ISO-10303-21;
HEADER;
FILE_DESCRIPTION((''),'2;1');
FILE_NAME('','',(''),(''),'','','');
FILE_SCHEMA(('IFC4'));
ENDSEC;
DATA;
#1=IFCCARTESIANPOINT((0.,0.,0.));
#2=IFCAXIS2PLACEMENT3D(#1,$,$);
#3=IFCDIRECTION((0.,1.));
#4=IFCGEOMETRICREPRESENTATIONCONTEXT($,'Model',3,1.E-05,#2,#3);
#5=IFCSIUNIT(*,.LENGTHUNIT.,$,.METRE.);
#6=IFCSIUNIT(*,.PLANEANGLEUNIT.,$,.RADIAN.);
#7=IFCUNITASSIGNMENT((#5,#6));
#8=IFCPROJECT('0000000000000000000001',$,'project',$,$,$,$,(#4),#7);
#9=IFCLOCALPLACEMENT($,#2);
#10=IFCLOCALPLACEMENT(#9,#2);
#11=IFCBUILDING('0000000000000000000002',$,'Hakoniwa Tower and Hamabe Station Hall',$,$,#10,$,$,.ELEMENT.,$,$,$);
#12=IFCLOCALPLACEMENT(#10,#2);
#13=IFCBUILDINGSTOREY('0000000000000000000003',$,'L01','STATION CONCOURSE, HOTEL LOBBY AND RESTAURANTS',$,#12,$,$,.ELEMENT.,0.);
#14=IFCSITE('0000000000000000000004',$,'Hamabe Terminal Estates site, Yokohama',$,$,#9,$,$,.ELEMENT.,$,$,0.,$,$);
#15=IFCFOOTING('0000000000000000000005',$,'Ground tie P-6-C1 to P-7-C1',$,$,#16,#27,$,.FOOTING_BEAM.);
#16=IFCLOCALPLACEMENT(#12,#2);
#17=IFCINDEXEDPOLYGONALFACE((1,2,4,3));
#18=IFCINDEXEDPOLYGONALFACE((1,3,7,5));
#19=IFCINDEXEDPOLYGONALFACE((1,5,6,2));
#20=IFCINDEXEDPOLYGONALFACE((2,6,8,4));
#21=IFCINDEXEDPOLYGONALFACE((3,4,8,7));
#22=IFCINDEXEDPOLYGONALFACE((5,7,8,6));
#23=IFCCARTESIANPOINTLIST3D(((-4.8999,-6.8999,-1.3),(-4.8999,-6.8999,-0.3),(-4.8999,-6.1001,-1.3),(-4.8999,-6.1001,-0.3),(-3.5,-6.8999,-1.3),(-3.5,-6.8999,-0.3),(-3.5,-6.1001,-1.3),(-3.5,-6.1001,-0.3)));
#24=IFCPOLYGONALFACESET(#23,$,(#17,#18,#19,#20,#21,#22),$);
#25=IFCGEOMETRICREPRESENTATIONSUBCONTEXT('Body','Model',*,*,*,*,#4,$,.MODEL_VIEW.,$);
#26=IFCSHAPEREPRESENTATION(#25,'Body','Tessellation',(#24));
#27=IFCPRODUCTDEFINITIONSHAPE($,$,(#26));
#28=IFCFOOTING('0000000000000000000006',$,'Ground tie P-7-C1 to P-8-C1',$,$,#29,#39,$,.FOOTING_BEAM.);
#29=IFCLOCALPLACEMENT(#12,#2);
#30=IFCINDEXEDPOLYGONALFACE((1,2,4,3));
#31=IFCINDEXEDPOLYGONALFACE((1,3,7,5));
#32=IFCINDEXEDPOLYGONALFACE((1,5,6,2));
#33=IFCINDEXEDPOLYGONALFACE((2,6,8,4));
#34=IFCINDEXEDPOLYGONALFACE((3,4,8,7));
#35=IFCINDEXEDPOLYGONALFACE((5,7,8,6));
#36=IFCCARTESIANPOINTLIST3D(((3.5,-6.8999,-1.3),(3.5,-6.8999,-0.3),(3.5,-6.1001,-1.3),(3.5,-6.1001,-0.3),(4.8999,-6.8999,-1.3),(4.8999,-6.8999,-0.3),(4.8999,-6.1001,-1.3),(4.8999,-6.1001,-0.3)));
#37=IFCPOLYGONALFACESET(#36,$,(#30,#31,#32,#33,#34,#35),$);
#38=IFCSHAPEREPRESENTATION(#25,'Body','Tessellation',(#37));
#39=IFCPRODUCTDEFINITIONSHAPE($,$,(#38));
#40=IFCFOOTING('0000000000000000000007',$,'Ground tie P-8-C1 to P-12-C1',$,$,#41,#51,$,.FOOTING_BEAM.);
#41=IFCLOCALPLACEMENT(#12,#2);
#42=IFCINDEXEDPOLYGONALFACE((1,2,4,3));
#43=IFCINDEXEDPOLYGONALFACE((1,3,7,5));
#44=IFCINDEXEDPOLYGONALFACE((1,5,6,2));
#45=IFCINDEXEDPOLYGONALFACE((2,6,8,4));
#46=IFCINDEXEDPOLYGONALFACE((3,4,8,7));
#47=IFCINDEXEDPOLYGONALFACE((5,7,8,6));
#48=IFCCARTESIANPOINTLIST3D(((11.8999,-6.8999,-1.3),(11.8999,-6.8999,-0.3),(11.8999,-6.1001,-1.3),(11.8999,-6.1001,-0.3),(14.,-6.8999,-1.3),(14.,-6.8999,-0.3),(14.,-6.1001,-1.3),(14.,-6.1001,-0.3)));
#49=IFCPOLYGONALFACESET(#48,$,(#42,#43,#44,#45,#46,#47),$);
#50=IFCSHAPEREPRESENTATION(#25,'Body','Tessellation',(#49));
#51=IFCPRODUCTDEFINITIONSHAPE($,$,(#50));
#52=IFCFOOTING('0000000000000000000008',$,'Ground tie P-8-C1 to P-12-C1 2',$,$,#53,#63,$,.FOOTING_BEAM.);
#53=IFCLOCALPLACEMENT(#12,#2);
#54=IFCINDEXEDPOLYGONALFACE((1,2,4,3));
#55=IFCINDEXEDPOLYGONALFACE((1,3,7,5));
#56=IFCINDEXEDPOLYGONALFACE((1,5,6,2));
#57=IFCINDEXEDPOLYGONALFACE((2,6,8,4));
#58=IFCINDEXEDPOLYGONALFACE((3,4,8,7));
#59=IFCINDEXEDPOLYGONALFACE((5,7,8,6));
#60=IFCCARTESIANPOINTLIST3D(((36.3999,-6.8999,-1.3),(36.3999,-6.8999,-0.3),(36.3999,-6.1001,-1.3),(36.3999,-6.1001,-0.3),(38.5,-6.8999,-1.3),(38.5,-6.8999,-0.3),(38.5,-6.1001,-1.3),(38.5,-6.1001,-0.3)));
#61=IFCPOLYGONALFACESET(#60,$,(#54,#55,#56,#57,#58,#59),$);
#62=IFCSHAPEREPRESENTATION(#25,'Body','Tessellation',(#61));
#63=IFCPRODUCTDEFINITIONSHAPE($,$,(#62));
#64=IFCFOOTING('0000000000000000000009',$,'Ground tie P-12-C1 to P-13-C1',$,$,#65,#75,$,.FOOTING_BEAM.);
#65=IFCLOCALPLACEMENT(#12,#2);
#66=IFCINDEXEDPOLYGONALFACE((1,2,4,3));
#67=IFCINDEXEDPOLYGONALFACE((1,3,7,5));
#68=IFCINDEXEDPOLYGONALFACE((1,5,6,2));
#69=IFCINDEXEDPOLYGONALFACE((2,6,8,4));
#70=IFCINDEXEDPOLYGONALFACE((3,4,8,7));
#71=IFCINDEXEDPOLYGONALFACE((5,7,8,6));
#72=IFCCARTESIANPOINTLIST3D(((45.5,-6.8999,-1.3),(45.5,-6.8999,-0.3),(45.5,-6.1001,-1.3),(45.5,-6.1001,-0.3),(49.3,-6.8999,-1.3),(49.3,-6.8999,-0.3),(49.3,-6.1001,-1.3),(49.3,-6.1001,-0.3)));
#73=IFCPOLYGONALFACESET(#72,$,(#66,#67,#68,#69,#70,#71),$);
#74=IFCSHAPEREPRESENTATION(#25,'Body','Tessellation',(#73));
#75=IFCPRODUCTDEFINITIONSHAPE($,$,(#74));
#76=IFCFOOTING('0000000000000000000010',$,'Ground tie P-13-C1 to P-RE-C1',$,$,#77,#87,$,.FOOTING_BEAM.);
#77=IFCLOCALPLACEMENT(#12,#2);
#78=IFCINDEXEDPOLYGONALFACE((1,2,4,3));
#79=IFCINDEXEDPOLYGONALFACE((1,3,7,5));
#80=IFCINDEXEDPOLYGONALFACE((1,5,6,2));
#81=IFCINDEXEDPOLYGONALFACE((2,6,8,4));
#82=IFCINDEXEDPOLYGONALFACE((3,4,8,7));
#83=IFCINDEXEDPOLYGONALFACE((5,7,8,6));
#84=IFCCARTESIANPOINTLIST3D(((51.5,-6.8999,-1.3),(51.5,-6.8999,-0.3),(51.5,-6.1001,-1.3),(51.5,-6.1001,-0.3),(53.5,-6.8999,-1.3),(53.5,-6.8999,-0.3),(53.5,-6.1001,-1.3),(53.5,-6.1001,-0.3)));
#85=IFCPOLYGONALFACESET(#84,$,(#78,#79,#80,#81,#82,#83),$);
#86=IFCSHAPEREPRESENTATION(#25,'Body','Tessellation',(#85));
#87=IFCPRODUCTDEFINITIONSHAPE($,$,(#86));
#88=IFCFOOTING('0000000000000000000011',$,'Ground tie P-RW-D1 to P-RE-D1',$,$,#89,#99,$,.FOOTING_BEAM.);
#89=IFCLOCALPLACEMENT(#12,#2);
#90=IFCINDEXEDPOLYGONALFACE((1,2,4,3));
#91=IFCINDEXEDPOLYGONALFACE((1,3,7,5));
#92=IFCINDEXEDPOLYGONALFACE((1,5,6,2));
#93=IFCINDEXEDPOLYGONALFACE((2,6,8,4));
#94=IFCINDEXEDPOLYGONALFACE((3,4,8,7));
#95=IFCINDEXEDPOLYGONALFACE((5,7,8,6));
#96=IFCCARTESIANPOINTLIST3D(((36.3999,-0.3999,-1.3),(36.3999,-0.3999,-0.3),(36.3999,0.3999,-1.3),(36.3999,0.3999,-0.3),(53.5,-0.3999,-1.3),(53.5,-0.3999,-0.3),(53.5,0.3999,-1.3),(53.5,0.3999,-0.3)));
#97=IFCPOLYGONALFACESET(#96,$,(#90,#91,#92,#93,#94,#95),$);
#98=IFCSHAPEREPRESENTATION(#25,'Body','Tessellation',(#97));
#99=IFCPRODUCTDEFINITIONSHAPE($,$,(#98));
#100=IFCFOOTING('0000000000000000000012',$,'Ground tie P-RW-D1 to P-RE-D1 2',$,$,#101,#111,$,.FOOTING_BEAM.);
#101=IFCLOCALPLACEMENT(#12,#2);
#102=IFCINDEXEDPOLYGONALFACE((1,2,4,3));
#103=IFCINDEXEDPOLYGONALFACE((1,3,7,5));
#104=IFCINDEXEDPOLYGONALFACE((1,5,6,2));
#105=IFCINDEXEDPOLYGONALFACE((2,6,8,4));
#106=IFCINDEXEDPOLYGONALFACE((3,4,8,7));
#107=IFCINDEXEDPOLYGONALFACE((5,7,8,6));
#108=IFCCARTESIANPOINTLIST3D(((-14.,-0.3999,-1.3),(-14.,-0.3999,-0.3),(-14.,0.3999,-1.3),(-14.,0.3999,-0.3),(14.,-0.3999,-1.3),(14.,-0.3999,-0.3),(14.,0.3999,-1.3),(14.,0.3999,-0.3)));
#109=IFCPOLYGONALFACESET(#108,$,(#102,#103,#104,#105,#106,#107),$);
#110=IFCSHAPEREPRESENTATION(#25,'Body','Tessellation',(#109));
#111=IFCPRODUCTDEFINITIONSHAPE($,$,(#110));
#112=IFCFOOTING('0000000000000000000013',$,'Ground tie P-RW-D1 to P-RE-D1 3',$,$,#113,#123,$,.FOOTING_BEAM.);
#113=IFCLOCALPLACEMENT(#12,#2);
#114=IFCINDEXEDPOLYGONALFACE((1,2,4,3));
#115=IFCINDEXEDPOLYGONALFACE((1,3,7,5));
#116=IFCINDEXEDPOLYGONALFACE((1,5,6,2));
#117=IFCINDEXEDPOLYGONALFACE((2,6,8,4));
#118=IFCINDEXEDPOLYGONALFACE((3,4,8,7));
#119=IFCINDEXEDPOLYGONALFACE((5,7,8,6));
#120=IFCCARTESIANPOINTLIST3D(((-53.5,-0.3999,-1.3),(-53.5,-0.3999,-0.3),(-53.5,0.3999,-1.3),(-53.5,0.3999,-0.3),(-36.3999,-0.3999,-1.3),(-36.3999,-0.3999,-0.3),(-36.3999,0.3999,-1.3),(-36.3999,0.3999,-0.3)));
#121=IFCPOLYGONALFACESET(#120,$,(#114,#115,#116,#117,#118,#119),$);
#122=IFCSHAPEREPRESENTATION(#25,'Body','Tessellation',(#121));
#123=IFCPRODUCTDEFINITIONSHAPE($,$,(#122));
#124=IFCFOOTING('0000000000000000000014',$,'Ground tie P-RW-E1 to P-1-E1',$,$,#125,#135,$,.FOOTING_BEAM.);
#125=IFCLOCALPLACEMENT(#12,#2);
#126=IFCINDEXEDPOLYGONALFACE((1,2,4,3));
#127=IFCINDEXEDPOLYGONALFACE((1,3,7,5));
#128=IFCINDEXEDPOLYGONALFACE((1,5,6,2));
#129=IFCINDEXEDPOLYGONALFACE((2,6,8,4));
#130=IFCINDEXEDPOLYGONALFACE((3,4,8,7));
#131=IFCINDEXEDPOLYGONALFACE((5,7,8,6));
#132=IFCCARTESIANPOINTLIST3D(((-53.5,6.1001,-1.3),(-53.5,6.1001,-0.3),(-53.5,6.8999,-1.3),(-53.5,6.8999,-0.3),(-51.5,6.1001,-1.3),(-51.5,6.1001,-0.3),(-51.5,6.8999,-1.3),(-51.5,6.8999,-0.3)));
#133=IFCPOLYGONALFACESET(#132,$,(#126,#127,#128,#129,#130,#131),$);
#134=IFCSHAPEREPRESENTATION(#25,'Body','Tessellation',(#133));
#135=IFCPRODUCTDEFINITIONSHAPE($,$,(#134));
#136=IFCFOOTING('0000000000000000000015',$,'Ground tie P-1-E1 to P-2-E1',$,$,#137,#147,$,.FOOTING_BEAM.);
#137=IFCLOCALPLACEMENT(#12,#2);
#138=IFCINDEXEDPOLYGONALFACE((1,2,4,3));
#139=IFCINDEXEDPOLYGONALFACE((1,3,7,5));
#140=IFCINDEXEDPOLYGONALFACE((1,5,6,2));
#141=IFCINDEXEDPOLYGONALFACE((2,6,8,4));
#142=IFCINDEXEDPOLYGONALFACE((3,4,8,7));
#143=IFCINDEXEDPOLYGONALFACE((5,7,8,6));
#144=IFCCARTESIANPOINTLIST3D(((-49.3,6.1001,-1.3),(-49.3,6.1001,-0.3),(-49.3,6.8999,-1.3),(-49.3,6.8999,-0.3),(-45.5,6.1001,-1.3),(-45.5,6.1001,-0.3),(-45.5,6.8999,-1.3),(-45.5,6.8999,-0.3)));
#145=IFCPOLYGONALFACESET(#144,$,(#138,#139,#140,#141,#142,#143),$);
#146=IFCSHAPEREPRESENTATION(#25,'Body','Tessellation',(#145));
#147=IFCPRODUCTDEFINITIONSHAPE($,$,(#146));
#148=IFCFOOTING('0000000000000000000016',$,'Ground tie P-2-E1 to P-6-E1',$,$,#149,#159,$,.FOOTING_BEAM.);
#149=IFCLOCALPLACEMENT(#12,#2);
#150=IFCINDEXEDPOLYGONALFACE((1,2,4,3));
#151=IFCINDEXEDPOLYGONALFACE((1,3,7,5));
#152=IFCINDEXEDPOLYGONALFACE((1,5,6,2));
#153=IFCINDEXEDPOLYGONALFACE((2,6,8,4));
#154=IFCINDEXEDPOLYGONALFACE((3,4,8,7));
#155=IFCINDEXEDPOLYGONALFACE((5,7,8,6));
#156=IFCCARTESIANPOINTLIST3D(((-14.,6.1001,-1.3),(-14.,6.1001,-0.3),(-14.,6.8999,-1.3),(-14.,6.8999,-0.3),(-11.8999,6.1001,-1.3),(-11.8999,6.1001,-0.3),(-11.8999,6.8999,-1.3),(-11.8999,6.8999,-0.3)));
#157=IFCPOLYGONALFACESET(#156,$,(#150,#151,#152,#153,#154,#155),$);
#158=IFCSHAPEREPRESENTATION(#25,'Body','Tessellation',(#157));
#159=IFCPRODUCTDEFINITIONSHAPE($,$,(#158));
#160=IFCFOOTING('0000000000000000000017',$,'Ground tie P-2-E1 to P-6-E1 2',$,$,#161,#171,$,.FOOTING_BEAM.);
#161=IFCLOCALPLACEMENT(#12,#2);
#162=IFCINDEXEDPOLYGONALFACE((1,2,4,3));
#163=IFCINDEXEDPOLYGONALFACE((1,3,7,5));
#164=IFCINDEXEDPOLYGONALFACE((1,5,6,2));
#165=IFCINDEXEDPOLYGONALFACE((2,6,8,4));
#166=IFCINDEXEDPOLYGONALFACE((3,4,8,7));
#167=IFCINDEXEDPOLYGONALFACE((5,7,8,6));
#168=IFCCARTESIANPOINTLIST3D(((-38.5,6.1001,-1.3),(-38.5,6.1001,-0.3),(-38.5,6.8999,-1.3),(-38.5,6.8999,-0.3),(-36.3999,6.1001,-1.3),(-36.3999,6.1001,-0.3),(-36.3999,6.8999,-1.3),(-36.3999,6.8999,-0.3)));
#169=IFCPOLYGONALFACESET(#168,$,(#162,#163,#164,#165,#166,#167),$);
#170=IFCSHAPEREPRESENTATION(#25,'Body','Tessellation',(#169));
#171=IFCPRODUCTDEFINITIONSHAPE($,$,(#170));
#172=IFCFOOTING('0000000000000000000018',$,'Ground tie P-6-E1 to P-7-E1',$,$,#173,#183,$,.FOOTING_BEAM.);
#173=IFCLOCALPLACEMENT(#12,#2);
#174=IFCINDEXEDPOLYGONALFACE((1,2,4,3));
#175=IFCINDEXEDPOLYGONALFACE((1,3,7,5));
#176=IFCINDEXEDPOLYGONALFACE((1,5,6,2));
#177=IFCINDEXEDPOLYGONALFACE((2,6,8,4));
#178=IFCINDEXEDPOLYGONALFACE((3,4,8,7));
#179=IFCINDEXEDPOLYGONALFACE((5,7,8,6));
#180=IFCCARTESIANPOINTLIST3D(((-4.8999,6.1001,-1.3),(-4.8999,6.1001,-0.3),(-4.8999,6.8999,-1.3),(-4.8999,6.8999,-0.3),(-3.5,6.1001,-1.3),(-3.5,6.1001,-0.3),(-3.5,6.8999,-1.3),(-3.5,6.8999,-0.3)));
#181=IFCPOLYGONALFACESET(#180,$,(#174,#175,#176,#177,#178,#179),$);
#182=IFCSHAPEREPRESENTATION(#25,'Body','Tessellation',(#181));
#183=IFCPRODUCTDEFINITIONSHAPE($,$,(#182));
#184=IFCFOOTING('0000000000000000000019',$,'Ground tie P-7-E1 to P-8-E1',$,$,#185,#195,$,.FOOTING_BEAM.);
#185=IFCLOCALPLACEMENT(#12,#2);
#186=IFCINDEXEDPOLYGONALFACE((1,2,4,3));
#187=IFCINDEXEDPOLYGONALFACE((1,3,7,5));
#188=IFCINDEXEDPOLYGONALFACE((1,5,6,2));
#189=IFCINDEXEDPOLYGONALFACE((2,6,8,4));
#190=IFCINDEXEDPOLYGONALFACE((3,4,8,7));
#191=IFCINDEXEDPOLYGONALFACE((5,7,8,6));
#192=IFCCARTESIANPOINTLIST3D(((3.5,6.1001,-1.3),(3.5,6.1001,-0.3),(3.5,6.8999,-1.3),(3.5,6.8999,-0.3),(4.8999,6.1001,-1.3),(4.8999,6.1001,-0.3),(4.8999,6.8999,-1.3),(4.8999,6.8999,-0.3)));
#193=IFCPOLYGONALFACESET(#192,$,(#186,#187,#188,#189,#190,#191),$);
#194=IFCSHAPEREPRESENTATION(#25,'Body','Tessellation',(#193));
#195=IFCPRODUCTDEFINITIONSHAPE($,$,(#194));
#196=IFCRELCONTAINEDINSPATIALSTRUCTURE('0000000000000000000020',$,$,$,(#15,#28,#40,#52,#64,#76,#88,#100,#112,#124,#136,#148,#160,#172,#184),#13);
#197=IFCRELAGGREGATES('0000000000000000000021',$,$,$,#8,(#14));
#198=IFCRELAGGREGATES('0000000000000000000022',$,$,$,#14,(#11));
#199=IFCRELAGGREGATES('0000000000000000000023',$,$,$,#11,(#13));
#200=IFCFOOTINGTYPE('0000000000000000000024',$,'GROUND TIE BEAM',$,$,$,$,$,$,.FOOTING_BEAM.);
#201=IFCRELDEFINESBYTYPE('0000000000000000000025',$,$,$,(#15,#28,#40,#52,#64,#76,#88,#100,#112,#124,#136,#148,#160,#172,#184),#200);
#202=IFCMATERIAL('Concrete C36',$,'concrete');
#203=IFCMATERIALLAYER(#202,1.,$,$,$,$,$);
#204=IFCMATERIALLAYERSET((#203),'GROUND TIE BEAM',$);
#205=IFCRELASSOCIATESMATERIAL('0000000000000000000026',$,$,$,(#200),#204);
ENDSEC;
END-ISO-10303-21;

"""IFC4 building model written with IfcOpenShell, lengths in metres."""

from ifc_helpers import new_model, si_unit, direction, frame, origin, place, context, subcontext, project, spatial, polyline, outline, extrude, material, layer, layer_set, type_object, element, save


model = new_model("IFC4")

# Units and contexts
model_context = context("Model", 3, precision=1e-05, world=origin(), true_north=direction((0.0, 1.0)))
body_context = subcontext(model_context, "Body", "Model", "MODEL_VIEW")
ifc_project = project(units=[si_unit("LENGTHUNIT", "METRE"), si_unit("PLANEANGLEUNIT", "RADIAN")], contexts=[model_context])

# Site, building, storey
site_placement = place(None, origin())
site = spatial("IfcSite", under=ifc_project, at=site_placement, Name="Hamabe Terminal Estates site, Yokohama", CompositionType="ELEMENT", RefElevation=0.0)
building_placement = place(site_placement, origin())
building = spatial("IfcBuilding", under=site, at=building_placement, Name="Hakoniwa Tower and Hamabe Station Hall", CompositionType="ELEMENT")
storey_placement = place(building_placement, origin())
storey = spatial("IfcBuildingStorey", under=building, at=storey_placement, Name="L01", Description="STATION CONCOURSE, HOTEL LOBBY AND RESTAURANTS", CompositionType="ELEMENT", Elevation=0.0)

# Footings
ifc_material = material(Name="Concrete C36", Category="concrete")
ifc_layer = layer(ifc_material, 1.0)
ifc_layer_set = layer_set([ifc_layer], Name="GROUND TIE BEAM")
footing_type = type_object("IfcFootingType", Name="GROUND TIE BEAM", PredefinedType="FOOTING_BEAM", material=ifc_layer_set)
footing_1_placement = place(storey_placement, frame((0.0, 0.0, -1.3)))
element("IfcFooting", 1, at=footing_1_placement, inside=storey, type_object=footing_type, Name="Ground tie P-6-C1 to P-7-C1", PredefinedType="FOOTING_BEAM", context=body_context, shape_type="SweptSolid", body=[
    extrude(outline(polyline([(-4.8999, -6.1001), (-4.8999, -6.8999), (-3.5, -6.8999), (-3.5, -6.1001), (-4.8999, -6.1001)])), origin(), (0.0, 0.0, 1.0), 1.0),
])
footing_2_placement = place(storey_placement, frame((0.0, 0.0, -1.3)))
element("IfcFooting", 2, at=footing_2_placement, inside=storey, type_object=footing_type, Name="Ground tie P-7-C1 to P-8-C1", PredefinedType="FOOTING_BEAM", context=body_context, shape_type="SweptSolid", body=[
    extrude(outline(polyline([(3.5, -6.1001), (3.5, -6.8999), (4.8999, -6.8999), (4.8999, -6.1001), (3.5, -6.1001)])), origin(), (0.0, 0.0, 1.0), 1.0),
])
footing_3_placement = place(storey_placement, frame((0.0, 0.0, -1.3)))
element("IfcFooting", 3, at=footing_3_placement, inside=storey, type_object=footing_type, Name="Ground tie P-8-C1 to P-12-C1", PredefinedType="FOOTING_BEAM", context=body_context, shape_type="SweptSolid", body=[
    extrude(outline(polyline([(11.8999, -6.1001), (11.8999, -6.8999), (14.0, -6.8999), (14.0, -6.1001), (11.8999, -6.1001)])), origin(), (0.0, 0.0, 1.0), 1.0),
])
footing_4_placement = place(storey_placement, frame((0.0, 0.0, -1.3)))
element("IfcFooting", 4, at=footing_4_placement, inside=storey, type_object=footing_type, Name="Ground tie P-8-C1 to P-12-C1 2", PredefinedType="FOOTING_BEAM", context=body_context, shape_type="SweptSolid", body=[
    extrude(outline(polyline([(38.5, -6.1001), (36.3999, -6.1001), (36.3999, -6.8999), (38.5, -6.8999), (38.5, -6.1001)])), origin(), (0.0, 0.0, 1.0), 1.0),
])
footing_5_placement = place(storey_placement, frame((0.0, 0.0, -1.3)))
element("IfcFooting", 5, at=footing_5_placement, inside=storey, type_object=footing_type, Name="Ground tie P-12-C1 to P-13-C1", PredefinedType="FOOTING_BEAM", context=body_context, shape_type="SweptSolid", body=[
    extrude(outline(polyline([(45.5, -6.1001), (45.5, -6.8999), (49.3, -6.8999), (49.3, -6.1001), (45.5, -6.1001)])), origin(), (0.0, 0.0, 1.0), 1.0),
])
footing_6_placement = place(storey_placement, frame((0.0, 0.0, -1.3)))
element("IfcFooting", 6, at=footing_6_placement, inside=storey, type_object=footing_type, Name="Ground tie P-13-C1 to P-RE-C1", PredefinedType="FOOTING_BEAM", context=body_context, shape_type="SweptSolid", body=[
    extrude(outline(polyline([(51.5, -6.1001), (51.5, -6.8999), (53.5, -6.8999), (53.5, -6.1001), (51.5, -6.1001)])), origin(), (0.0, 0.0, 1.0), 1.0),
])
footing_7_placement = place(storey_placement, frame((0.0, 0.0, -1.3)))
element("IfcFooting", 7, at=footing_7_placement, inside=storey, type_object=footing_type, Name="Ground tie P-RW-D1 to P-RE-D1", PredefinedType="FOOTING_BEAM", context=body_context, shape_type="SweptSolid", body=[
    extrude(outline(polyline([(53.5, -0.3999), (53.5, 0.3999), (36.3999, 0.3999), (36.3999, -0.3999), (53.5, -0.3999)])), origin(), (0.0, 0.0, 1.0), 1.0),
])
footing_8_placement = place(storey_placement, frame((0.0, 0.0, -1.3)))
element("IfcFooting", 8, at=footing_8_placement, inside=storey, type_object=footing_type, Name="Ground tie P-RW-D1 to P-RE-D1 2", PredefinedType="FOOTING_BEAM", context=body_context, shape_type="SweptSolid", body=[
    extrude(outline(polyline([(-14.0, -0.3999), (14.0, -0.3999), (14.0, 0.3999), (-14.0, 0.3999), (-14.0, -0.3999)])), origin(), (0.0, 0.0, 1.0), 1.0),
])
footing_9_placement = place(storey_placement, frame((0.0, 0.0, -1.3)))
element("IfcFooting", 9, at=footing_9_placement, inside=storey, type_object=footing_type, Name="Ground tie P-RW-D1 to P-RE-D1 3", PredefinedType="FOOTING_BEAM", context=body_context, shape_type="SweptSolid", body=[
    extrude(outline(polyline([(-53.5, 0.3999), (-53.5, -0.3999), (-36.3999, -0.3999), (-36.3999, 0.3999), (-53.5, 0.3999)])), origin(), (0.0, 0.0, 1.0), 1.0),
])
footing_10_placement = place(storey_placement, frame((0.0, 0.0, -1.3)))
element("IfcFooting", 10, at=footing_10_placement, inside=storey, type_object=footing_type, Name="Ground tie P-RW-E1 to P-1-E1", PredefinedType="FOOTING_BEAM", context=body_context, shape_type="SweptSolid", body=[
    extrude(outline(polyline([(-53.5, 6.8999), (-53.5, 6.1001), (-51.5, 6.1001), (-51.5, 6.8999), (-53.5, 6.8999)])), origin(), (0.0, 0.0, 1.0), 1.0),
])
footing_11_placement = place(storey_placement, frame((0.0, 0.0, -1.3)))
element("IfcFooting", 11, at=footing_11_placement, inside=storey, type_object=footing_type, Name="Ground tie P-1-E1 to P-2-E1", PredefinedType="FOOTING_BEAM", context=body_context, shape_type="SweptSolid", body=[
    extrude(outline(polyline([(-49.3, 6.8999), (-49.3, 6.1001), (-45.5, 6.1001), (-45.5, 6.8999), (-49.3, 6.8999)])), origin(), (0.0, 0.0, 1.0), 1.0),
])
footing_12_placement = place(storey_placement, frame((0.0, 0.0, -1.3)))
element("IfcFooting", 12, at=footing_12_placement, inside=storey, type_object=footing_type, Name="Ground tie P-2-E1 to P-6-E1", PredefinedType="FOOTING_BEAM", context=body_context, shape_type="SweptSolid", body=[
    extrude(outline(polyline([(-11.8999, 6.1001), (-11.8999, 6.8999), (-14.0, 6.8999), (-14.0, 6.1001), (-11.8999, 6.1001)])), origin(), (0.0, 0.0, 1.0), 1.0),
])
footing_13_placement = place(storey_placement, frame((0.0, 0.0, -1.3)))
element("IfcFooting", 13, at=footing_13_placement, inside=storey, type_object=footing_type, Name="Ground tie P-2-E1 to P-6-E1 2", PredefinedType="FOOTING_BEAM", context=body_context, shape_type="SweptSolid", body=[
    extrude(outline(polyline([(-38.5, 6.8999), (-38.5, 6.1001), (-36.3999, 6.1001), (-36.3999, 6.8999), (-38.5, 6.8999)])), origin(), (0.0, 0.0, 1.0), 1.0),
])
footing_14_placement = place(storey_placement, frame((0.0, 0.0, -1.3)))
element("IfcFooting", 14, at=footing_14_placement, inside=storey, type_object=footing_type, Name="Ground tie P-6-E1 to P-7-E1", PredefinedType="FOOTING_BEAM", context=body_context, shape_type="SweptSolid", body=[
    extrude(outline(polyline([(-4.8999, 6.8999), (-4.8999, 6.1001), (-3.5, 6.1001), (-3.5, 6.8999), (-4.8999, 6.8999)])), origin(), (0.0, 0.0, 1.0), 1.0),
])
footing_15_placement = place(storey_placement, frame((0.0, 0.0, -1.3)))
element("IfcFooting", 15, at=footing_15_placement, inside=storey, type_object=footing_type, Name="Ground tie P-7-E1 to P-8-E1", PredefinedType="FOOTING_BEAM", context=body_context, shape_type="SweptSolid", body=[
    extrude(outline(polyline([(3.5, 6.8999), (3.5, 6.1001), (4.8999, 6.1001), (4.8999, 6.8999), (3.5, 6.8999)])), origin(), (0.0, 0.0, 1.0), 1.0),
])

save(model, "model.ifc")
